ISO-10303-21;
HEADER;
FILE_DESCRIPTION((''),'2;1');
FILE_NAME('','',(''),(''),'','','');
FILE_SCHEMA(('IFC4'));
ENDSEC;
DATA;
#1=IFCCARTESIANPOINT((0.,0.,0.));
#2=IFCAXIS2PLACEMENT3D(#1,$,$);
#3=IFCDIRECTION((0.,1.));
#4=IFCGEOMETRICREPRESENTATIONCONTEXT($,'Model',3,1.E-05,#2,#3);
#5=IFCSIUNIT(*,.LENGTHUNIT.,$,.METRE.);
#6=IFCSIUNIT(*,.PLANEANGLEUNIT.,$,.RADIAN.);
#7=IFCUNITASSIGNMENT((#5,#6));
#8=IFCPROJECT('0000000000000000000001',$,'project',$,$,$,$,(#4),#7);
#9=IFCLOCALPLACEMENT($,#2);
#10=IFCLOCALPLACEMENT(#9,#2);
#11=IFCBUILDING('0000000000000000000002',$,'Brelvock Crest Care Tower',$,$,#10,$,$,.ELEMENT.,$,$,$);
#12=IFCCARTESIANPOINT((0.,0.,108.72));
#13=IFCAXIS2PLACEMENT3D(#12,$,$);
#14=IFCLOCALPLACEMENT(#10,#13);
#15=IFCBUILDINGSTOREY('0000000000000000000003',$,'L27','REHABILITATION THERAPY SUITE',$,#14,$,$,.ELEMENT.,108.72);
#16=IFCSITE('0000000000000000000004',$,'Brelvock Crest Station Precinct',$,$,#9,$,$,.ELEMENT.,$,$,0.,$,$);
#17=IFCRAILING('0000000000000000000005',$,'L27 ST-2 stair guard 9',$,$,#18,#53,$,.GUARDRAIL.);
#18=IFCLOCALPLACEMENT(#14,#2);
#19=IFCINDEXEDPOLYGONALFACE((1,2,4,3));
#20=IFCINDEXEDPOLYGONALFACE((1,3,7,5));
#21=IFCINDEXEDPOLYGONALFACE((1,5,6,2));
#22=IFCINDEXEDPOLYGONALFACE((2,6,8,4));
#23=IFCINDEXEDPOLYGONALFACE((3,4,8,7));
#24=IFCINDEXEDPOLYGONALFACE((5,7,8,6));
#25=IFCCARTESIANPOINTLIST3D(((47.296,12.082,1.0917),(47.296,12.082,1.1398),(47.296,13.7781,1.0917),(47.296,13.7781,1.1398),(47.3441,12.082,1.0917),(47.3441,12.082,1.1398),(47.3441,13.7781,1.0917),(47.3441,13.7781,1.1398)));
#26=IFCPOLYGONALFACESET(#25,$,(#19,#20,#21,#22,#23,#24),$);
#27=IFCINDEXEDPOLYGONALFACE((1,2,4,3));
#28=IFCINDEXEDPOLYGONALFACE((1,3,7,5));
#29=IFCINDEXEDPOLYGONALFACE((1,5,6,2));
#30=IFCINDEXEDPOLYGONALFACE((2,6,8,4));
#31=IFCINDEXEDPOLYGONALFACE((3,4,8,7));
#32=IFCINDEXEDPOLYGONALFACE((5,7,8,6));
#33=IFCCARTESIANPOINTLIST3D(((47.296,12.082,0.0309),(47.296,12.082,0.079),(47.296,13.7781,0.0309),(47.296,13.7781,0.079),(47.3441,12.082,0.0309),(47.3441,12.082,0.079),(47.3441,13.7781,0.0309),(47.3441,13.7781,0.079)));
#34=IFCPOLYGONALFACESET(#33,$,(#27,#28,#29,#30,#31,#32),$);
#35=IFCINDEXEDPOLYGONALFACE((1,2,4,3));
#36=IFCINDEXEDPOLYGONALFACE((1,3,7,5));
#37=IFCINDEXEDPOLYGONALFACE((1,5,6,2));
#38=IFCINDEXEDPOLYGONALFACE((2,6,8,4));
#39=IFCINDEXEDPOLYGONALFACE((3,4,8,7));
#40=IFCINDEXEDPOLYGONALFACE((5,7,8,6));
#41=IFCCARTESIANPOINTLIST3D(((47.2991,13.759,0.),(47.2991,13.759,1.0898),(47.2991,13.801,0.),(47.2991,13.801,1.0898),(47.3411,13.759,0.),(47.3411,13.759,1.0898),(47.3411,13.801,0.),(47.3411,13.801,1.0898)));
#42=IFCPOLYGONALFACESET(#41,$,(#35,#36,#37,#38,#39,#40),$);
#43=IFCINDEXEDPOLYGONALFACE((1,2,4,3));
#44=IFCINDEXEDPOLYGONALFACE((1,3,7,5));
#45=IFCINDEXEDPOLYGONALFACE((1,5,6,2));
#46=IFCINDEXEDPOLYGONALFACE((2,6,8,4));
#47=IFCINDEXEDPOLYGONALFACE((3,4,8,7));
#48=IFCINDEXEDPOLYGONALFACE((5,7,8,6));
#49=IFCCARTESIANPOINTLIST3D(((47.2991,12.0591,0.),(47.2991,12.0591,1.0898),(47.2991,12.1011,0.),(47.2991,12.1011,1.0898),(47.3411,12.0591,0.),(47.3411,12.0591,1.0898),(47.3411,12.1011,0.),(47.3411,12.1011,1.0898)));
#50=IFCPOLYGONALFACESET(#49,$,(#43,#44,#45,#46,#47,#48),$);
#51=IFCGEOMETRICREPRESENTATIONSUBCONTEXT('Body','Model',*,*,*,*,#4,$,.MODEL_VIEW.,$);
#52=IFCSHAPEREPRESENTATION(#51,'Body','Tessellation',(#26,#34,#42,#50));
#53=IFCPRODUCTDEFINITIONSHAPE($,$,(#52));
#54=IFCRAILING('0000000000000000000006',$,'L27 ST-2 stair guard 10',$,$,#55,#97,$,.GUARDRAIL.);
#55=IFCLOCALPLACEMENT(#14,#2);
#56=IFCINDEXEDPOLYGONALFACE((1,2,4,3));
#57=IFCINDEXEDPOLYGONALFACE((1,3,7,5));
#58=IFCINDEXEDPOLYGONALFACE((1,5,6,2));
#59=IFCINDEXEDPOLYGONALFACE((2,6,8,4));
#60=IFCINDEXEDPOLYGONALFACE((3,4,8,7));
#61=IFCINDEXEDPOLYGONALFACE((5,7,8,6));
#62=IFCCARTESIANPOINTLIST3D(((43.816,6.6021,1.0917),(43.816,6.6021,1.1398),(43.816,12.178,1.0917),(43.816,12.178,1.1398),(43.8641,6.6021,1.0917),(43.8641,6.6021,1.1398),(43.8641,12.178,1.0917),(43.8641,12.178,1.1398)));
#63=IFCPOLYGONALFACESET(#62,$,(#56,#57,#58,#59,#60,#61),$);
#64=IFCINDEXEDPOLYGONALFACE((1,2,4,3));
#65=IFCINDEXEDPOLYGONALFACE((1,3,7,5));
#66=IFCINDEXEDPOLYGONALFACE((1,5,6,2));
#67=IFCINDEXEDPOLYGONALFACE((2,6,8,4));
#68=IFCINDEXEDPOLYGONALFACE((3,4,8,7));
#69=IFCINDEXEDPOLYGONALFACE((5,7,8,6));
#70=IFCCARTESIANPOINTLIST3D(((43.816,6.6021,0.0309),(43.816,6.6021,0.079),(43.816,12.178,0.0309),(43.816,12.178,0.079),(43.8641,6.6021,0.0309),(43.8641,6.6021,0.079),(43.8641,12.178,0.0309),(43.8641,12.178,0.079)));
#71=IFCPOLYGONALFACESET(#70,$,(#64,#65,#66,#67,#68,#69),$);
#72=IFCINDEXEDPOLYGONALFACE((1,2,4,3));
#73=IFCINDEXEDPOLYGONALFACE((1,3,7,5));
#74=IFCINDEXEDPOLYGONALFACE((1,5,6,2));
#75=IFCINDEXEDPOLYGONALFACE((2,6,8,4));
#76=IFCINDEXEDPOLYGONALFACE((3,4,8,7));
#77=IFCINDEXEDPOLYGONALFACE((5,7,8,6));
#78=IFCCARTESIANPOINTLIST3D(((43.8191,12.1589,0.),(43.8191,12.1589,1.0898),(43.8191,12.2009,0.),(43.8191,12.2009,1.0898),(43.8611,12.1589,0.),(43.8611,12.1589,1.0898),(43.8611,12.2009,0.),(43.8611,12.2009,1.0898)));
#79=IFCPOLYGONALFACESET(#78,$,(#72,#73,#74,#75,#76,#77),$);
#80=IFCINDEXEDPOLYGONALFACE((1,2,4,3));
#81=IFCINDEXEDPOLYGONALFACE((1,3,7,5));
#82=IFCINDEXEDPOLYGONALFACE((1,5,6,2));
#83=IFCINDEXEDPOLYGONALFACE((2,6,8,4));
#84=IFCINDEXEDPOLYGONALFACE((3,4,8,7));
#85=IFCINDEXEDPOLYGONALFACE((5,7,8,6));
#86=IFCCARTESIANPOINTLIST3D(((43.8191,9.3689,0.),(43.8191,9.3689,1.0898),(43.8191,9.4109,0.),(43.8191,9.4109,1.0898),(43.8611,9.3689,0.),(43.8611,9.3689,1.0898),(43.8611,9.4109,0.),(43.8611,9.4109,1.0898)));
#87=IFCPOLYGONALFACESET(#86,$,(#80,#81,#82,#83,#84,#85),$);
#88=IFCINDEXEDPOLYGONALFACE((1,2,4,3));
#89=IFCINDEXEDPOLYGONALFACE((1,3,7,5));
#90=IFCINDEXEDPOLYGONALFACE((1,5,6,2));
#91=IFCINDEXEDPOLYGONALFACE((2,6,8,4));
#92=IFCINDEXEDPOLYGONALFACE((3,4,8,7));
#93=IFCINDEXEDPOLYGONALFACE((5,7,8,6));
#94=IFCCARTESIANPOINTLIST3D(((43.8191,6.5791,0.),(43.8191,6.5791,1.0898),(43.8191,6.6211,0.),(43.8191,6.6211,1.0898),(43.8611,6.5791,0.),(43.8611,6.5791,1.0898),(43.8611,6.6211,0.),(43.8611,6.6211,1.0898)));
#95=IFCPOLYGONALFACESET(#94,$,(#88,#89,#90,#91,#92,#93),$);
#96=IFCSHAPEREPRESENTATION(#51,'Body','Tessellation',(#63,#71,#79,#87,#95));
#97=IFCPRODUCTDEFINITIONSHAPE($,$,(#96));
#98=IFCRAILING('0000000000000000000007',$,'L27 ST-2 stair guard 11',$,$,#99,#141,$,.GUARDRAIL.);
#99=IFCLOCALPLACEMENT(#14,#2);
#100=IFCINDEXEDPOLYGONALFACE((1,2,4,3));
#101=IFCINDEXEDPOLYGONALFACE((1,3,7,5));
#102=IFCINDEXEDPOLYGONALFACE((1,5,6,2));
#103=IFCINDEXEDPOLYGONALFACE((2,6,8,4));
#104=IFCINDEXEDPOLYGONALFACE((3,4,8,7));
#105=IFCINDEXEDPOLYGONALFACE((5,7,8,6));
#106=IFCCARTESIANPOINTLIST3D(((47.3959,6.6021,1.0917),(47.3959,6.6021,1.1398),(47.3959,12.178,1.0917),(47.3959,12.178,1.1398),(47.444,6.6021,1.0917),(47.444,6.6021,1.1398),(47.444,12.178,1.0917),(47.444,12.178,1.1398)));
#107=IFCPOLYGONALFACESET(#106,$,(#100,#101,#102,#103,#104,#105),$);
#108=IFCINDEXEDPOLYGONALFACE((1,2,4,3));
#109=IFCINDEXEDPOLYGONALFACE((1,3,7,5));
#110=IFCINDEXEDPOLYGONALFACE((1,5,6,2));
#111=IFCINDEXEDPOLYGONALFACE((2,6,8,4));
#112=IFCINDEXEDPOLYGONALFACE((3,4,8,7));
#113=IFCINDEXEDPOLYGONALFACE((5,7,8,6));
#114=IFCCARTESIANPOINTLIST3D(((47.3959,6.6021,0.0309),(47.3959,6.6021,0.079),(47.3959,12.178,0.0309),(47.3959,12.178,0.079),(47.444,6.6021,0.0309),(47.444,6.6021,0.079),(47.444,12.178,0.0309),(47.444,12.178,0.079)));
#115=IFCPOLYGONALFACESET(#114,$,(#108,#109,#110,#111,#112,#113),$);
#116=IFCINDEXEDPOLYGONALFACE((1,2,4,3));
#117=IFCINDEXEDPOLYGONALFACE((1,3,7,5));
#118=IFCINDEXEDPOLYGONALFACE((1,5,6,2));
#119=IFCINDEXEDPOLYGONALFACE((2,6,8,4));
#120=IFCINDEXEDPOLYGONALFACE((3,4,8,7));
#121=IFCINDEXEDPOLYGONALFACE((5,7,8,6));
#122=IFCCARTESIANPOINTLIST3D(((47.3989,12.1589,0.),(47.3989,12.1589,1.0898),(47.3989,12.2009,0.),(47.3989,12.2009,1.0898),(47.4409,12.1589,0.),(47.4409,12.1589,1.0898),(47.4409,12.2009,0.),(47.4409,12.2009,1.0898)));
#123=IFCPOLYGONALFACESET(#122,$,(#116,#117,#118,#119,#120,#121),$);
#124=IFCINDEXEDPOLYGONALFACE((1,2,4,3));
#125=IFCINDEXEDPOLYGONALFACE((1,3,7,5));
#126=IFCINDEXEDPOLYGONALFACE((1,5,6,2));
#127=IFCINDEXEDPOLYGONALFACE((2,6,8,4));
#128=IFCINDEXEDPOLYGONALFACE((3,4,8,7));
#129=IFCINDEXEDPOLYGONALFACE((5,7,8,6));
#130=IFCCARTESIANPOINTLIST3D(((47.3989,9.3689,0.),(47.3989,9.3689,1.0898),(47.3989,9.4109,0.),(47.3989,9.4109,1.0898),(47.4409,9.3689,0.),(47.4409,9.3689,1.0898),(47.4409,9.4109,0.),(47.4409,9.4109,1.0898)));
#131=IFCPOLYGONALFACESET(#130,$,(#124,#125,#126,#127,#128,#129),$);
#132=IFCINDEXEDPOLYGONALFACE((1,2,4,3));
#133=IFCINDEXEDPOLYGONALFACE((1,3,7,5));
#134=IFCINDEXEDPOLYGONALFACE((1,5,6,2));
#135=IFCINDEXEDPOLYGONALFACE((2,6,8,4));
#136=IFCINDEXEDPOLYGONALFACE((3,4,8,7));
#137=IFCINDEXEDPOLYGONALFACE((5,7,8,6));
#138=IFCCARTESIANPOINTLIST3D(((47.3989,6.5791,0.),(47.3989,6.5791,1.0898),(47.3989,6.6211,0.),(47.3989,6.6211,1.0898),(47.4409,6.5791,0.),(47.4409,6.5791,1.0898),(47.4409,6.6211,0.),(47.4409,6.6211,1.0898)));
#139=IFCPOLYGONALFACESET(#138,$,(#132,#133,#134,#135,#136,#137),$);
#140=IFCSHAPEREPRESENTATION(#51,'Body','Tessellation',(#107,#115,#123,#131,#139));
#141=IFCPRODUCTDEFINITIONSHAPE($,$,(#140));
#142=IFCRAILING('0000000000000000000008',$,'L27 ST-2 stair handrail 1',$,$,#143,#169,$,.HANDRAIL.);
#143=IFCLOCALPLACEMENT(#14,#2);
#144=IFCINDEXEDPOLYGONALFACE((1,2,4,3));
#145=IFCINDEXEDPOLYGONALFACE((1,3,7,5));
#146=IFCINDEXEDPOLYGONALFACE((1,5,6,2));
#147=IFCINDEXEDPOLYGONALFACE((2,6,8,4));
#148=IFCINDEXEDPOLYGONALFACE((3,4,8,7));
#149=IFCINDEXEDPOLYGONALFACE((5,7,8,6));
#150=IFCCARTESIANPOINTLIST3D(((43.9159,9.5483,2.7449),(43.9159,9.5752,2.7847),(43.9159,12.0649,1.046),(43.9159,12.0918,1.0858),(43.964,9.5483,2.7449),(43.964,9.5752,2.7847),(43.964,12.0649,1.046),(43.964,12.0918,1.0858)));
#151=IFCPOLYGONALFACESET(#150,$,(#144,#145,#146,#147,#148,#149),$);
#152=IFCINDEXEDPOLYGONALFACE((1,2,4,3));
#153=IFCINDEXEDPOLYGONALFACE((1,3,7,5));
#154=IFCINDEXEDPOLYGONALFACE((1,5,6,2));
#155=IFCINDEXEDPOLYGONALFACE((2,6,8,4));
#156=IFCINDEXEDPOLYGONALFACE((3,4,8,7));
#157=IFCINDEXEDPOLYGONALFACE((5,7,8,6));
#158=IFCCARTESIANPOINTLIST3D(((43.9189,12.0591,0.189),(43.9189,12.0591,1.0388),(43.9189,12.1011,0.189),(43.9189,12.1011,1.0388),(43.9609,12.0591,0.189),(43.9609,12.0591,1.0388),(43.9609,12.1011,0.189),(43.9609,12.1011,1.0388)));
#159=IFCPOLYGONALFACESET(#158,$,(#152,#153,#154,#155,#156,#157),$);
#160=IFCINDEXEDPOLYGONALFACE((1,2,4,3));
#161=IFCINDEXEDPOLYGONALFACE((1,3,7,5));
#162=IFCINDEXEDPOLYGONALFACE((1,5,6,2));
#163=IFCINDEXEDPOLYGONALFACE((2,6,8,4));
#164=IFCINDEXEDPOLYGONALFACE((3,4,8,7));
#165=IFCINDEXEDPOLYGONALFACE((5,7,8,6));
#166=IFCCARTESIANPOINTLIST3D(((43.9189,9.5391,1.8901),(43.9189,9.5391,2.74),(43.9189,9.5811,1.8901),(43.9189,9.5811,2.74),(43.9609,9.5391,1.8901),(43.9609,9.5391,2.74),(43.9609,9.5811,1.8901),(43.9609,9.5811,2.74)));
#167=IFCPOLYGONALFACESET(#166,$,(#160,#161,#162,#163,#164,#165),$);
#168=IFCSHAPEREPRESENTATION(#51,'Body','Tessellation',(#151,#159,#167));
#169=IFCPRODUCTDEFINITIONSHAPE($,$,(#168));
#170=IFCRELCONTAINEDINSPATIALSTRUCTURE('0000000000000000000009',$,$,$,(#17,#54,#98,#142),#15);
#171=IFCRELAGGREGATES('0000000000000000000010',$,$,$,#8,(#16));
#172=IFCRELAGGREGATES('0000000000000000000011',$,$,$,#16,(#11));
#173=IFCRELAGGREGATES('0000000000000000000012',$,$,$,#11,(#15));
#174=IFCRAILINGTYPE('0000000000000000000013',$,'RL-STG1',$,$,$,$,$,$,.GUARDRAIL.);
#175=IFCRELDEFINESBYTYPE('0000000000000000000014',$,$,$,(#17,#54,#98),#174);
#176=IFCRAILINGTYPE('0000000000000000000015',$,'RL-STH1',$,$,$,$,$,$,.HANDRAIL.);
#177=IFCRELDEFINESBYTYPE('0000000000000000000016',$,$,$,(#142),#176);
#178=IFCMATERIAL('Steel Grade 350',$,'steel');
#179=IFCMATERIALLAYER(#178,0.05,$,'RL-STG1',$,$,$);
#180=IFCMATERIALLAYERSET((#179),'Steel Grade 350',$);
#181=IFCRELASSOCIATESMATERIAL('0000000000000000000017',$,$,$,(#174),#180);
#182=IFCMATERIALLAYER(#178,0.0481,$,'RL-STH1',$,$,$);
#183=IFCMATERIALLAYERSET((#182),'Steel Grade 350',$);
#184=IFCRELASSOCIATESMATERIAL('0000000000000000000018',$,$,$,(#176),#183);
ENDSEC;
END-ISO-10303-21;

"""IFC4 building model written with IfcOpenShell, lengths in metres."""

from ifc_helpers import new_model, si_unit, direction, frame, origin, origin_2d, place, context, subcontext, project, spatial, rectangle, extrude, material, layer, layer_set, type_object, element, save


model = new_model("IFC4")

# Units and contexts
model_context = context("Model", 3, precision=1e-05, world=origin(), true_north=direction((0.0, 1.0)))
body_context = subcontext(model_context, "Body", "Model", "MODEL_VIEW")
ifc_project = project(units=[si_unit("LENGTHUNIT", "METRE"), si_unit("PLANEANGLEUNIT", "RADIAN")], contexts=[model_context])

# Site, building, storey
site_placement = place(None, origin())
site = spatial("IfcSite", under=ifc_project, at=site_placement, Name="Brelvock Crest Station Precinct", CompositionType="ELEMENT", RefElevation=0.0)
building_placement = place(site_placement, origin())
building = spatial("IfcBuilding", under=site, at=building_placement, Name="Brelvock Crest Care Tower", CompositionType="ELEMENT")
storey_placement = place(building_placement, frame((0.0, 0.0, 108.72)))
storey = spatial("IfcBuildingStorey", under=building, at=storey_placement, Name="L27", Description="REHABILITATION THERAPY SUITE", CompositionType="ELEMENT", Elevation=108.72)

# Shared definitions
ifc_material_1 = material(Name="Steel Grade 350", Category="steel")

# Railings
ifc_layer_1 = layer(ifc_material_1, 0.05, Name="RL-STG1")
ifc_layer_set_1 = layer_set([ifc_layer_1], Name="Steel Grade 350")
railing_type_1 = type_object("IfcRailingType", Name="RL-STG1", PredefinedType="GUARDRAIL", material=ifc_layer_set_1)
for number, where, name in (
    (1, (47.3201, 13.78, 0.0), "L27 ST-2 stair guard 9"),
):
    element("IfcRailing", number, at=place(storey_placement, frame(where)), inside=storey, type_object=railing_type_1, Name=name, PredefinedType="GUARDRAIL", context=body_context, shape_type="SweptSolid", body=[
        extrude(rectangle(XDim=0.0481, YDim=0.0481, at=origin_2d()), frame((0.0, -0.002, 1.1157), z_axis=(0.0, -1.0, 0.0), x_axis=(1.0, 0.0, 0.0)), (0.0, 0.0, 1.0), 1.696),
        extrude(rectangle(XDim=0.0481, YDim=0.0481, at=origin_2d()), frame((0.0, -0.002, 0.0549), z_axis=(0.0, -1.0, 0.0), x_axis=(1.0, 0.0, 0.0)), (0.0, 0.0, 1.0), 1.696),
        extrude(rectangle(XDim=0.042, YDim=0.042, at=origin_2d()), origin(), (0.0, 0.0, 1.0), 1.0898),
        extrude(rectangle(XDim=0.042, YDim=0.042, at=origin_2d()), frame((0.0, -1.7, 0.0)), (0.0, 0.0, 1.0), 1.0898),
    ])
for number, where, name in (
    (2, (43.8401, 12.1799, 0.0), "L27 ST-2 stair guard 10"),
    (3, (47.4199, 12.1799, 0.0), "L27 ST-2 stair guard 11"),
):
    element("IfcRailing", number, at=place(storey_placement, frame(where)), inside=storey, type_object=railing_type_1, Name=name, PredefinedType="GUARDRAIL", context=body_context, shape_type="SweptSolid", body=[
        extrude(rectangle(XDim=0.0481, YDim=0.0481, at=origin_2d()), frame((0.0, -0.002, 1.1157), z_axis=(0.0, -1.0, 0.0), x_axis=(1.0, 0.0, 0.0)), (0.0, 0.0, 1.0), 5.5759),
        extrude(rectangle(XDim=0.0481, YDim=0.0481, at=origin_2d()), frame((0.0, -0.002, 0.0549), z_axis=(0.0, -1.0, 0.0), x_axis=(1.0, 0.0, 0.0)), (0.0, 0.0, 1.0), 5.5759),
        extrude(rectangle(XDim=0.042, YDim=0.042, at=origin_2d()), origin(), (0.0, 0.0, 1.0), 1.0898),
        extrude(rectangle(XDim=0.042, YDim=0.042, at=origin_2d()), frame((0.0, -2.79, 0.0)), (0.0, 0.0, 1.0), 1.0898),
        extrude(rectangle(XDim=0.042, YDim=0.042, at=origin_2d()), frame((0.0, -5.5798, 0.0)), (0.0, 0.0, 1.0), 1.0898),
    ])
ifc_layer_2 = layer(ifc_material_1, 0.0481, Name="RL-STH1")
ifc_layer_set_2 = layer_set([ifc_layer_2], Name="Steel Grade 350")
railing_type_2 = type_object("IfcRailingType", Name="RL-STH1", PredefinedType="HANDRAIL", material=ifc_layer_set_2)
railing_1_placement = place(storey_placement, frame((43.9399, 12.0801, 0.189)))
element("IfcRailing", 4, at=railing_1_placement, inside=storey, type_object=railing_type_2, Name="L27 ST-2 stair handrail 1", PredefinedType="HANDRAIL", context=body_context, shape_type="SweptSolid", body=[
    extrude(rectangle(XDim=0.0481, YDim=0.0481, at=origin_2d()), frame((0.0, -0.0017, 0.877), z_axis=(0.0, -0.828824, 0.559509), x_axis=(1.0, 0.0, 0.0)), (0.0, 0.0, 1.0), 3.0364),
    extrude(rectangle(XDim=0.042, YDim=0.042, at=origin_2d()), origin(), (0.0, 0.0, 1.0), 0.8499),
    extrude(rectangle(XDim=0.042, YDim=0.042, at=origin_2d()), frame((0.0, -2.52, 1.7012)), (0.0, 0.0, 1.0), 0.8499),
])

save(model, "model.ifc")
